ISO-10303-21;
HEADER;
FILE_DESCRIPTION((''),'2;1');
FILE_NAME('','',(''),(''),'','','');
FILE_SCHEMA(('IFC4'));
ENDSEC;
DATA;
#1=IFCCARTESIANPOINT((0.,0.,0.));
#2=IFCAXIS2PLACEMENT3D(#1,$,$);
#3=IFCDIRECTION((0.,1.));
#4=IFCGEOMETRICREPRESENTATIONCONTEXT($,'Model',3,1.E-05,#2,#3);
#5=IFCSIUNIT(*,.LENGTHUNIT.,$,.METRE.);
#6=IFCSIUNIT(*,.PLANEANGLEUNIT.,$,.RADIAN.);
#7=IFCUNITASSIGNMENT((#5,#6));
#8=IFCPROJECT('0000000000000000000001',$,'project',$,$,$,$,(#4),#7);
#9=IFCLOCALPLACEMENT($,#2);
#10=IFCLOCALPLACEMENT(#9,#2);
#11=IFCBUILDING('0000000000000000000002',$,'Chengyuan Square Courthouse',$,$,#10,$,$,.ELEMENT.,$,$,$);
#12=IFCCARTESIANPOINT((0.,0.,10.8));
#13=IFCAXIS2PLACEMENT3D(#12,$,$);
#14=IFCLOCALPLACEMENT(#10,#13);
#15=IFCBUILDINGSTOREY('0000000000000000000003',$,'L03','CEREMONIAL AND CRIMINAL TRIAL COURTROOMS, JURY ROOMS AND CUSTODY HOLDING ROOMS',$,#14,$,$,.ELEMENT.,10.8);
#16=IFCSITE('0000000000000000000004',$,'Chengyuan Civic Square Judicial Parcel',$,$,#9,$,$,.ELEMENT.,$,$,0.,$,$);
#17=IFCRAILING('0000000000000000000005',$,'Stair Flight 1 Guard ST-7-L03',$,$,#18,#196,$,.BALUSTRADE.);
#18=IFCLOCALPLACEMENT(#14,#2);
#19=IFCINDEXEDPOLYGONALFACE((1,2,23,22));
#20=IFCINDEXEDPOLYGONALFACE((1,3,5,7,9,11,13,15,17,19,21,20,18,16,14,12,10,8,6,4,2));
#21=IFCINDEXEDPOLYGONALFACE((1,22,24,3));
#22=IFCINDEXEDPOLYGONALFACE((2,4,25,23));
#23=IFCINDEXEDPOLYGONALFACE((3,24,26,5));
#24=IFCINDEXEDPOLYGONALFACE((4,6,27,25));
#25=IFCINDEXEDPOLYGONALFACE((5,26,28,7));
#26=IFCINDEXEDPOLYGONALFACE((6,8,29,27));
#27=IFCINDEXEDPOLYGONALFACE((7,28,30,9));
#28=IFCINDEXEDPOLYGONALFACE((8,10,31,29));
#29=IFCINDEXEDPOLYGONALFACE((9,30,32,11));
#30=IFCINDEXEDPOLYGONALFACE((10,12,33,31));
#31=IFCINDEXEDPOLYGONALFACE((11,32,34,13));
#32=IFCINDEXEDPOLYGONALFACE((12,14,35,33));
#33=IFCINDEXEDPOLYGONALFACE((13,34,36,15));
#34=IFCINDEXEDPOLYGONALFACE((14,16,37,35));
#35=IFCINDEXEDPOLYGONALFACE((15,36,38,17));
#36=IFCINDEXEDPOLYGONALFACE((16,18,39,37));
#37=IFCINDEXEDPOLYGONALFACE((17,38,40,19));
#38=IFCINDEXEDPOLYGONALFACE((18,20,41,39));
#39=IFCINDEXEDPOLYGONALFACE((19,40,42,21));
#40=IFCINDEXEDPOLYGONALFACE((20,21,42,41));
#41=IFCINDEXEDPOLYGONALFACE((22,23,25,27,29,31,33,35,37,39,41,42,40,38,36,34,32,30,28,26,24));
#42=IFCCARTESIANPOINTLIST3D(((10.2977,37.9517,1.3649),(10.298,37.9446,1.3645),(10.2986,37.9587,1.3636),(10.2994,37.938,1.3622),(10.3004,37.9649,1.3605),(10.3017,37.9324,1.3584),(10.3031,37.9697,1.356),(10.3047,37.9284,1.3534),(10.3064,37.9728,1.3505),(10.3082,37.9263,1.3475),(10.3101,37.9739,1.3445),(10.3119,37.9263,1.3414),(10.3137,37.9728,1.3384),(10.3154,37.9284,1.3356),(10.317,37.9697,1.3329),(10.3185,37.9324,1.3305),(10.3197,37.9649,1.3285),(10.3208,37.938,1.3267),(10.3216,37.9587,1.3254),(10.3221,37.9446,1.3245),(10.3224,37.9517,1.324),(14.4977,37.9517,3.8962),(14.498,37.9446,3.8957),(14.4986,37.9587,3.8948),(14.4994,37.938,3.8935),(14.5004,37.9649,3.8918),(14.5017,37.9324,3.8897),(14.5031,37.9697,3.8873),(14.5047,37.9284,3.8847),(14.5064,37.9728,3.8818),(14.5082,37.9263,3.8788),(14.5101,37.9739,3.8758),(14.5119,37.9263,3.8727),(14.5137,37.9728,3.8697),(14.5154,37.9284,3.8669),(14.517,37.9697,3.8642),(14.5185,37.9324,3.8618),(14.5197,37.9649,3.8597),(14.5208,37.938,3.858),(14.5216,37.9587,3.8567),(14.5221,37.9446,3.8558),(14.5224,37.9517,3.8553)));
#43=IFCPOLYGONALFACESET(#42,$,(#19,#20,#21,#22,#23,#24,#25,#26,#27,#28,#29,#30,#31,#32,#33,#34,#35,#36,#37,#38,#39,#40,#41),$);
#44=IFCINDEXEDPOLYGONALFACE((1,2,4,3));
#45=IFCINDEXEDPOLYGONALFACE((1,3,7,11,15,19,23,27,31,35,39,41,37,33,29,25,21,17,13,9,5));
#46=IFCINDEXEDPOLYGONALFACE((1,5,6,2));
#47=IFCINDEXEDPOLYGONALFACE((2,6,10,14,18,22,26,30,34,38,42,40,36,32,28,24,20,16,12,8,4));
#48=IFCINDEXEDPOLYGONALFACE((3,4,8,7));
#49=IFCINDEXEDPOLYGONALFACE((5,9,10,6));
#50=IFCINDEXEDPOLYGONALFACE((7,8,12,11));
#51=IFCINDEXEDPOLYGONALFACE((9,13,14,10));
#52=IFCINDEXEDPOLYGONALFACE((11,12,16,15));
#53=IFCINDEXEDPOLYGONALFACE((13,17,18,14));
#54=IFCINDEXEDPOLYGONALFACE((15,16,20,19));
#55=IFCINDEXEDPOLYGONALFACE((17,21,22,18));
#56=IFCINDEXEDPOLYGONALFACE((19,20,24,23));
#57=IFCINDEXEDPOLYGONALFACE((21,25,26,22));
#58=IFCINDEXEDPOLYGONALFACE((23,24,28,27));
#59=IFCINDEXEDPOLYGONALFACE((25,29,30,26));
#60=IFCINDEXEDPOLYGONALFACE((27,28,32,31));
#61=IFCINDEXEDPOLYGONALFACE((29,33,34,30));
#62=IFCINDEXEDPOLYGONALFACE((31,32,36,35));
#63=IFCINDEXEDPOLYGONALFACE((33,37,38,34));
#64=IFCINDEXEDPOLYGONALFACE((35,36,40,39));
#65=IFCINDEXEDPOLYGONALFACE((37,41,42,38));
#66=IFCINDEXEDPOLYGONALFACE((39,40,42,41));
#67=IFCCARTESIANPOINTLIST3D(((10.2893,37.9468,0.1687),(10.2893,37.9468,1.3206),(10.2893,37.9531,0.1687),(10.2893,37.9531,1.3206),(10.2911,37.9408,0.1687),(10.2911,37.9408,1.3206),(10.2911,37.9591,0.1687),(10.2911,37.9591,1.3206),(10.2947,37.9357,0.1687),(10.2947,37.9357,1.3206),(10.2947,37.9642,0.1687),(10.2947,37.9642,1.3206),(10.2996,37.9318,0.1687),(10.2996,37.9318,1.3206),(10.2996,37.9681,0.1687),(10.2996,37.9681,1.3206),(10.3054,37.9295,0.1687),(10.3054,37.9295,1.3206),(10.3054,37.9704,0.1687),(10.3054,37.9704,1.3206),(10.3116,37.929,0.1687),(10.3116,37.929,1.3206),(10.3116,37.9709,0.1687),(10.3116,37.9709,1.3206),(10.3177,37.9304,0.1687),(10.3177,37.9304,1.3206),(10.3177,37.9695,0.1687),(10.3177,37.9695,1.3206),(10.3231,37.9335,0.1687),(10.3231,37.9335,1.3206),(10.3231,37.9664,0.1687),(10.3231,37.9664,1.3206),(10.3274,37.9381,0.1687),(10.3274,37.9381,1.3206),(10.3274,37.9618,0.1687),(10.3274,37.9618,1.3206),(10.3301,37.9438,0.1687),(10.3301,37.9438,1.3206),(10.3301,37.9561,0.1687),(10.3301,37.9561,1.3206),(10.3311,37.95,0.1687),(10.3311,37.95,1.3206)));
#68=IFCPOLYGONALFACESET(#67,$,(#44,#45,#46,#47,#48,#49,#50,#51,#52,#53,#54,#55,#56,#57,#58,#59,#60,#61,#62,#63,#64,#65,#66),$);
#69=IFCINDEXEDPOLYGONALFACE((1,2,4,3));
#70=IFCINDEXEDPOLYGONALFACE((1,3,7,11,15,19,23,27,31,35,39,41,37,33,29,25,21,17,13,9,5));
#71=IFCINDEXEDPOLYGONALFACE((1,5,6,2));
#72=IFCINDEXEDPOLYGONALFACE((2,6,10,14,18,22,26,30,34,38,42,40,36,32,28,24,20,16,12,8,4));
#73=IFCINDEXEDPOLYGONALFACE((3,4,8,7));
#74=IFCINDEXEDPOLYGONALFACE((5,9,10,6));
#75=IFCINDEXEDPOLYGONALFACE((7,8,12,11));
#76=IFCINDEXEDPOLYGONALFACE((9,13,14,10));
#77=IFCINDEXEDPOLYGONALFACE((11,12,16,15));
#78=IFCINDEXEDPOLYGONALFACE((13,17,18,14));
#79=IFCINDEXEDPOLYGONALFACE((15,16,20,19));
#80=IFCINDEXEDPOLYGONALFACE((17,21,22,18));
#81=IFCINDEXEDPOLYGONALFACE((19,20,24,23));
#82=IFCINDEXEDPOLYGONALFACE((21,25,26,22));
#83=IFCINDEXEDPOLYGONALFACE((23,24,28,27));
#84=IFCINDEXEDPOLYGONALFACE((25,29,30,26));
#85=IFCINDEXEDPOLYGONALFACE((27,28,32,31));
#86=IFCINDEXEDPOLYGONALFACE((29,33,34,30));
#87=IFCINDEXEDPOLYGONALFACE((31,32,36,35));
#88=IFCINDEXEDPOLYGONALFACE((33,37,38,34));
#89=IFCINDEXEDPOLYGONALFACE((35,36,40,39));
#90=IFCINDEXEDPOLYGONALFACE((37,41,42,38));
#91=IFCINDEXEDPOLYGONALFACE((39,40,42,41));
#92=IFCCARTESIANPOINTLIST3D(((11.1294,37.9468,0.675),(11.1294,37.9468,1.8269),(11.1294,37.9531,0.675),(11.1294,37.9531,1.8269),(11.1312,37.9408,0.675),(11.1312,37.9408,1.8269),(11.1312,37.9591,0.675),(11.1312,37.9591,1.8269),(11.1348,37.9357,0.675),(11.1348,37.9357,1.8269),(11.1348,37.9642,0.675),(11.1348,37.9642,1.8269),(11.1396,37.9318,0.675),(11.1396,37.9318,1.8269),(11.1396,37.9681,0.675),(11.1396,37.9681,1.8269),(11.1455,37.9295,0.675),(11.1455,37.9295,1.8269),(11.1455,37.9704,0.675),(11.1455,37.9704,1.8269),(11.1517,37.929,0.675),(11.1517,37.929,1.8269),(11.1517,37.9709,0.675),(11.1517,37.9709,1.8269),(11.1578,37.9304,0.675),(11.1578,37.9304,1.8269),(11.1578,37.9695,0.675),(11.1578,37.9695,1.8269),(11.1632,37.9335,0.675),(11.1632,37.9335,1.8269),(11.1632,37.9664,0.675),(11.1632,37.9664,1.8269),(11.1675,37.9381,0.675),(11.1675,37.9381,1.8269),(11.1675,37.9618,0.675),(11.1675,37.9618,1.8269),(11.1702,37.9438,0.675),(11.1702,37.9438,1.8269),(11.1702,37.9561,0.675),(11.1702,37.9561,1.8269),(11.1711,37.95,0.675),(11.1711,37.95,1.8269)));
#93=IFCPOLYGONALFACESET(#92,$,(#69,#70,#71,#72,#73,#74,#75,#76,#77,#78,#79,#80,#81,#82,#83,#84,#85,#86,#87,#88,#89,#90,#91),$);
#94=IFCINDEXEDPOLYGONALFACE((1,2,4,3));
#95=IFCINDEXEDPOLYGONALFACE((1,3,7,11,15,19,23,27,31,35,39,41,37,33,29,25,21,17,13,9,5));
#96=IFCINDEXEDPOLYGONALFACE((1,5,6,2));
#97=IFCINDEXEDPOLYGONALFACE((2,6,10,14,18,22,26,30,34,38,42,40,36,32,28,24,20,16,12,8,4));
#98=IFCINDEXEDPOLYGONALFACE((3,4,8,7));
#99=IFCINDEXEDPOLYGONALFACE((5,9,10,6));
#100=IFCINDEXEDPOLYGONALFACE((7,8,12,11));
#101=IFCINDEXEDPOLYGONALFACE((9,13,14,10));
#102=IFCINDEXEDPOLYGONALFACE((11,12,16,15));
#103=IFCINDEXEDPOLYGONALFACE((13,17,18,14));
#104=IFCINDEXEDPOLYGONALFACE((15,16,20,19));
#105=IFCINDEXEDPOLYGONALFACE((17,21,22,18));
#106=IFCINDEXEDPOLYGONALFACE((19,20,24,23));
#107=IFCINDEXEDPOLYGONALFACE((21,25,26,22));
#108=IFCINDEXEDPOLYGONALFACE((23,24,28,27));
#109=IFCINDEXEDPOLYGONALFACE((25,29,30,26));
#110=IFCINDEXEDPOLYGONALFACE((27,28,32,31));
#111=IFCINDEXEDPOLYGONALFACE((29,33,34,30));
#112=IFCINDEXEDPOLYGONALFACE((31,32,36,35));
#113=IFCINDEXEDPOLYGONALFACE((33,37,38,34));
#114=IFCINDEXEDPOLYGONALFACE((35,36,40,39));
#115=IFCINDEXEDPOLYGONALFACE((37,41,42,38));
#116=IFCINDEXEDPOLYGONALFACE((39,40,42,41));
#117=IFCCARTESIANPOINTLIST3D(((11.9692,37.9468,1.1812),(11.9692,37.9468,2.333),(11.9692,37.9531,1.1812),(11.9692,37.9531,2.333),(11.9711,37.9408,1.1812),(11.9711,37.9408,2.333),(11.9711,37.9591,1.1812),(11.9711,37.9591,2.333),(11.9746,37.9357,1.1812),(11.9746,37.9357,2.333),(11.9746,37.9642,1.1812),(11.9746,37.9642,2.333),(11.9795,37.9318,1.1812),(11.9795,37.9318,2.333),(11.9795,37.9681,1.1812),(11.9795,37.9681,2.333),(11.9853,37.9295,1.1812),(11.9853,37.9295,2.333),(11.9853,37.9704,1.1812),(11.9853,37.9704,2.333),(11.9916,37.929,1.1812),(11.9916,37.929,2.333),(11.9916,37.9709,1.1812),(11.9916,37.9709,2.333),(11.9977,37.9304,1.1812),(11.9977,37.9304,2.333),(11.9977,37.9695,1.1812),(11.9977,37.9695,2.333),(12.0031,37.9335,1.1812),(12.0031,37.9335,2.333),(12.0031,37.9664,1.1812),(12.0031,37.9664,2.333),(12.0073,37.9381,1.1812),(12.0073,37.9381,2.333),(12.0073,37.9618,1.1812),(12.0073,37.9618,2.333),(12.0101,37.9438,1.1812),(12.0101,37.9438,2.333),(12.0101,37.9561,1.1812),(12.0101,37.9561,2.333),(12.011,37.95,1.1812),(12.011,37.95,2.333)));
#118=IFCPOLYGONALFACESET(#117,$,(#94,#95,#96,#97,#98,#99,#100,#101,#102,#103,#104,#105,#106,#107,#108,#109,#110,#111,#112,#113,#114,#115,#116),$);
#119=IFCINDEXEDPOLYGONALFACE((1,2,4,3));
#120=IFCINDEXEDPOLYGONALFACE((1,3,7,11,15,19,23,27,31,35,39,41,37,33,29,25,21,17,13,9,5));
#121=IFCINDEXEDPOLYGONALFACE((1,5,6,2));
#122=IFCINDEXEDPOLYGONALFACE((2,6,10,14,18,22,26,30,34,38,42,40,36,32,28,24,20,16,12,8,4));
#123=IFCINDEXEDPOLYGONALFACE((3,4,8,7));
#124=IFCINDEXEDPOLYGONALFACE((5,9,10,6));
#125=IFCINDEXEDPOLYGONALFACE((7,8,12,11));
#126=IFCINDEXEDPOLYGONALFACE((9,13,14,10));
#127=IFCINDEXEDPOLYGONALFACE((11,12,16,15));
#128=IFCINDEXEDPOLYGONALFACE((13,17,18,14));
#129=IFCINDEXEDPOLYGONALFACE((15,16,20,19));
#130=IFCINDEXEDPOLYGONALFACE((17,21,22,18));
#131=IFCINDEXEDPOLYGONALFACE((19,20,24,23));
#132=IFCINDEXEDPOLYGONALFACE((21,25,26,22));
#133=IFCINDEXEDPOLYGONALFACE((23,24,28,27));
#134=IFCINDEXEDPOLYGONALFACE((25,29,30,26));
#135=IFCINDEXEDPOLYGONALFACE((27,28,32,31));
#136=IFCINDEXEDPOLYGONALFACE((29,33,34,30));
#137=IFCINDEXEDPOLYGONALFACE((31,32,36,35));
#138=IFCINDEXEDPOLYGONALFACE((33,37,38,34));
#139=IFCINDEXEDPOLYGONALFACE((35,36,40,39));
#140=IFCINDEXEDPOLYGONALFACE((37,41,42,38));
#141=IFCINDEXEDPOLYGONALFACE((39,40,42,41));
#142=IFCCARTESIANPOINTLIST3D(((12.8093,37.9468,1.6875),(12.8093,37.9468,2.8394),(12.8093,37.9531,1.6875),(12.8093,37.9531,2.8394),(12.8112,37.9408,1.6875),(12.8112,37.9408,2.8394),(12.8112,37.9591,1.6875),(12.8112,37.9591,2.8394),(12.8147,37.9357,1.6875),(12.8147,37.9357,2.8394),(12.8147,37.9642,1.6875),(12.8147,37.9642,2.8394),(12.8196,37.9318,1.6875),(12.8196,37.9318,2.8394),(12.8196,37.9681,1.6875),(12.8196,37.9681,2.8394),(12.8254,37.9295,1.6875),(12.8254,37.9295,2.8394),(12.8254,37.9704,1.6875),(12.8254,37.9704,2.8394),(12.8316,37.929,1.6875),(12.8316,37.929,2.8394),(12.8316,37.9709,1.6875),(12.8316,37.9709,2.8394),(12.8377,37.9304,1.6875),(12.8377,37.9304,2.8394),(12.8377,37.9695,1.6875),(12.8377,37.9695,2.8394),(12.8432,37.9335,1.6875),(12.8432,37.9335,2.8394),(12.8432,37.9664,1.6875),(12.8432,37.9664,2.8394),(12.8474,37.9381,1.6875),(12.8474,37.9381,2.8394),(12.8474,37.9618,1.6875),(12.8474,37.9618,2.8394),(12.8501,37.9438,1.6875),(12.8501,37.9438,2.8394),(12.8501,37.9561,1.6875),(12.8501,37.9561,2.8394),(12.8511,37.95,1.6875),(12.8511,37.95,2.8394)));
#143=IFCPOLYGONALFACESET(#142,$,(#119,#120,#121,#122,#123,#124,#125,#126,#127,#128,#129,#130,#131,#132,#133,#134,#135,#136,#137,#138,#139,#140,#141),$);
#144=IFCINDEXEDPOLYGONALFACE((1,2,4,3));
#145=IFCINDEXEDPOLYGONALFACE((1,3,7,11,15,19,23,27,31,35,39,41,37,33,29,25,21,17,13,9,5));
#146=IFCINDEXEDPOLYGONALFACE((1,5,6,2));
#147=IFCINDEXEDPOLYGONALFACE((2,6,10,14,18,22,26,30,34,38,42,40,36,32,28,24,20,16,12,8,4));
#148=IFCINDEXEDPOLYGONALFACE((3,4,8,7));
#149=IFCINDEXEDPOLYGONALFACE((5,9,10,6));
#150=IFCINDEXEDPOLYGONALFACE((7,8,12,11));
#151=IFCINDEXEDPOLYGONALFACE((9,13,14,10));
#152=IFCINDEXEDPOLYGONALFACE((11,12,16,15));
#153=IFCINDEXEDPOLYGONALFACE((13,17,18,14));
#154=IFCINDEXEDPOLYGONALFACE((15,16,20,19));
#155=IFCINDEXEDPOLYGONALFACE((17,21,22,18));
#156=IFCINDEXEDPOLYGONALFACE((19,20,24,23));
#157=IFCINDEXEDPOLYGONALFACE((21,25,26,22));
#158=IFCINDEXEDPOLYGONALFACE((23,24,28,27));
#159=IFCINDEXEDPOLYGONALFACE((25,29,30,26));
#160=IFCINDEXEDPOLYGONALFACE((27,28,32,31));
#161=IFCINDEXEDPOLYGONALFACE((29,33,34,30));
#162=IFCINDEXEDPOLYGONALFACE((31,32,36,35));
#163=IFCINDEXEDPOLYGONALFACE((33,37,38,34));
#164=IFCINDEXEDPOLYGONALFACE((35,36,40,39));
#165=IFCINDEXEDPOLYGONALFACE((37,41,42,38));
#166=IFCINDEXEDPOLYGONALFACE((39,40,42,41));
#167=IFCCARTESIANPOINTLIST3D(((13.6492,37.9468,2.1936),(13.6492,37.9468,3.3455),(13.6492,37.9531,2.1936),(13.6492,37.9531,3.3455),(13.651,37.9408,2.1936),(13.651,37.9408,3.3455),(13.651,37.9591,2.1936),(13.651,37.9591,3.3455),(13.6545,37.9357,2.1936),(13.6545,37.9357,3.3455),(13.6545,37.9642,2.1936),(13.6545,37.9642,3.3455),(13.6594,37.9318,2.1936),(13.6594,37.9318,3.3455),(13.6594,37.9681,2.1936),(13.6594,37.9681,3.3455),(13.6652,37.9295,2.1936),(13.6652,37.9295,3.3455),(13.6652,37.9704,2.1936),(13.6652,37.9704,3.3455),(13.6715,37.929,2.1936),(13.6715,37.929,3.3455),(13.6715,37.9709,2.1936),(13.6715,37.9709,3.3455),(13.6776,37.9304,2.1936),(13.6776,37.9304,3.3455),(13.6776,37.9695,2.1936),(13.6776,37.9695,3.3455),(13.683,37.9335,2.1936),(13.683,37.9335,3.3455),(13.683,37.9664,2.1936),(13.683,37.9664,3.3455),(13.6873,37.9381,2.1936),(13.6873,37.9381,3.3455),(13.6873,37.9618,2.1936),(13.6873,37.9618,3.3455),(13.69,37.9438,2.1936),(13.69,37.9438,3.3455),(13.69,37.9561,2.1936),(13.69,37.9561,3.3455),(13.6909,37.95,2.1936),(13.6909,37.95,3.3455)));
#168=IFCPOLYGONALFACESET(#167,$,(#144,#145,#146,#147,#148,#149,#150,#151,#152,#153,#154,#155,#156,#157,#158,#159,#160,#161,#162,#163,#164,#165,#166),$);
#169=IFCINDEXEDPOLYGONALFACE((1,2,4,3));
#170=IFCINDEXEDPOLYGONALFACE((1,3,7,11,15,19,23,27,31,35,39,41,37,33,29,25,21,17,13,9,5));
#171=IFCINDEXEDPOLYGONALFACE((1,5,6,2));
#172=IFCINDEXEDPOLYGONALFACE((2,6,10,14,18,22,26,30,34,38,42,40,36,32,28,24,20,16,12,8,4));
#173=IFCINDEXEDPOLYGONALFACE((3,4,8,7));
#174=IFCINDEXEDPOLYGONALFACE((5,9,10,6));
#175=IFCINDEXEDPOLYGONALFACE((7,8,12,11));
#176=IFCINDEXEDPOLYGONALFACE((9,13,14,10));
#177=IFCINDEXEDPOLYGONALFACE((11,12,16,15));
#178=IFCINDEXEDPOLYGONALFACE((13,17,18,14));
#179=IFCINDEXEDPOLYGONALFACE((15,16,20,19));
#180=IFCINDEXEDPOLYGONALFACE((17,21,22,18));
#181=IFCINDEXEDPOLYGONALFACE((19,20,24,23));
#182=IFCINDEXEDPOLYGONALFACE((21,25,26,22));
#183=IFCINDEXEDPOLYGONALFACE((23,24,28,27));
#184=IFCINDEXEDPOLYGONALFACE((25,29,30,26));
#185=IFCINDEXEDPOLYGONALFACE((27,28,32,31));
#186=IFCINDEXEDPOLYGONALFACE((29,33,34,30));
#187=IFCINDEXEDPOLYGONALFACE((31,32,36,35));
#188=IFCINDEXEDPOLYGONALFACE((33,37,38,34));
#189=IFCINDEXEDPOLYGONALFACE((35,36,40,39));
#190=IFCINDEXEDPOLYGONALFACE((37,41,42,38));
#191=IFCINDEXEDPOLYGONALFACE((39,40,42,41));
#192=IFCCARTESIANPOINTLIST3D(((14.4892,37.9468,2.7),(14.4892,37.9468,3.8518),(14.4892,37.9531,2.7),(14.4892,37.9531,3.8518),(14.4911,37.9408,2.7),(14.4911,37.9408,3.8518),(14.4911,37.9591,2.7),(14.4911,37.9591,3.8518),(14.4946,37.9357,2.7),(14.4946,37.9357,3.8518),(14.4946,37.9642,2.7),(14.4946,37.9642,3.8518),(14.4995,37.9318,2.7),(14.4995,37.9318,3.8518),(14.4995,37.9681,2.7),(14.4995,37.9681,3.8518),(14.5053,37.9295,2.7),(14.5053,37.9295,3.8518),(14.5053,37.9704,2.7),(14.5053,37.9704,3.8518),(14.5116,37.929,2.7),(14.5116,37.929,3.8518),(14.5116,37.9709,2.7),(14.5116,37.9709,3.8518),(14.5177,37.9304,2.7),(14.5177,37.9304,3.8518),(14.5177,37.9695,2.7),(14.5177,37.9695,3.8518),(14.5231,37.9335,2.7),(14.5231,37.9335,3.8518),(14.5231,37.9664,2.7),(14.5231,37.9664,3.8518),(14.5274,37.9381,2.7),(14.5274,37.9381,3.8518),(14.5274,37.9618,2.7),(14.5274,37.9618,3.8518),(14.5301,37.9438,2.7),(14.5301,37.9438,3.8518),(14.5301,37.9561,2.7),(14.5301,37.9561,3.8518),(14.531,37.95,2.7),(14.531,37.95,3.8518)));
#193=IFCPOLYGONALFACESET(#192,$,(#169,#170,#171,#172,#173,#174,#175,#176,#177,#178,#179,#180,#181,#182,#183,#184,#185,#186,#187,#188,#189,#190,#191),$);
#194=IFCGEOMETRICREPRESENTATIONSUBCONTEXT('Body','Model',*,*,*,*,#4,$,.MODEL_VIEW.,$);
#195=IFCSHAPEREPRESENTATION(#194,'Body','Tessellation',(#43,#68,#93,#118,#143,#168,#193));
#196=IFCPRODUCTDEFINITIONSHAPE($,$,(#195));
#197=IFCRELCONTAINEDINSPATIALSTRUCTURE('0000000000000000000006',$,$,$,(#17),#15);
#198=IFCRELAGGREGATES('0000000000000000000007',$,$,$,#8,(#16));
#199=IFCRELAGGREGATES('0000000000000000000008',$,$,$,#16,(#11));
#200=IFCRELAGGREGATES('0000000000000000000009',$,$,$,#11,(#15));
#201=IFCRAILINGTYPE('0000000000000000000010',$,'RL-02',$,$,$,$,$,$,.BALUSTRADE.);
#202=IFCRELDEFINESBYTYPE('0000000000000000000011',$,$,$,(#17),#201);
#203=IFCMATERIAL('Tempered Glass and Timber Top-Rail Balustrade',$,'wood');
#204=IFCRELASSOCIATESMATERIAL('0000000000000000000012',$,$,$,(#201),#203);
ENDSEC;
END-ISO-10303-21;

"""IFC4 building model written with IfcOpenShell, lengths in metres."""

from ifc_helpers import new_model, si_unit, direction, frame, origin, origin_2d, place, context, subcontext, project, spatial, circle, extrude, material, type_object, element, save


model = new_model("IFC4")

# Units and contexts
model_context = context("Model", 3, precision=1e-05, world=origin(), true_north=direction((0.0, 1.0)))
body_context = subcontext(model_context, "Body", "Model", "MODEL_VIEW")
ifc_project = project(units=[si_unit("LENGTHUNIT", "METRE"), si_unit("PLANEANGLEUNIT", "RADIAN")], contexts=[model_context])

# Site, building, storey
site_placement = place(None, origin())
site = spatial("IfcSite", under=ifc_project, at=site_placement, Name="Chengyuan Civic Square Judicial Parcel", CompositionType="ELEMENT", RefElevation=0.0)
building_placement = place(site_placement, origin())
building = spatial("IfcBuilding", under=site, at=building_placement, Name="Chengyuan Square Courthouse", CompositionType="ELEMENT")
storey_placement = place(building_placement, frame((0.0, 0.0, 10.8)))
storey = spatial("IfcBuildingStorey", under=building, at=storey_placement, Name="L03", Description="CEREMONIAL AND CRIMINAL TRIAL COURTROOMS, JURY ROOMS AND CUSTODY HOLDING ROOMS", CompositionType="ELEMENT", Elevation=10.8)

# Railing
ifc_material_1 = material(Name="Tempered Glass and Timber Top-Rail Balustrade", Category="wood")
railing_type_1 = type_object("IfcRailingType", Name="RL-02", PredefinedType="BALUSTRADE", material=ifc_material_1)
railing_1_placement = place(storey_placement, frame((10.3101, 37.95, 0.1687)))
element("IfcRailing", 1, at=railing_1_placement, inside=storey, type_object=railing_type_1, Name="Stair Flight 1 Guard ST-7-L03", PredefinedType="BALUSTRADE", context=body_context, shape_type="SweptSolid", body=[
    extrude(circle(Radius=0.0239, at=origin_2d()), frame((0.0, 0.0, 1.1758), z_axis=(0.856476, 0.0, 0.516186), x_axis=(0.0, 1.0, 0.0)), (0.0, 0.0, 1.0), 4.9038),
    extrude(circle(Radius=0.021, at=origin_2d()), origin(), (0.0, 0.0, 1.0), 1.1519),
    extrude(circle(Radius=0.021, at=origin_2d()), frame((0.8401, 0.0, 0.5063)), (0.0, 0.0, 1.0), 1.1519),
    extrude(circle(Radius=0.021, at=origin_2d()), frame((1.6799, 0.0, 1.0125)), (0.0, 0.0, 1.0), 1.1519),
    extrude(circle(Radius=0.021, at=origin_2d()), frame((2.52, 0.0, 1.5188)), (0.0, 0.0, 1.0), 1.1519),
    extrude(circle(Radius=0.021, at=origin_2d()), frame((3.3599, 0.0, 2.0249)), (0.0, 0.0, 1.0), 1.1519),
    extrude(circle(Radius=0.021, at=origin_2d()), frame((4.2, 0.0, 2.5312)), (0.0, 0.0, 1.0), 1.1519),
])

save(model, "model.ifc")
